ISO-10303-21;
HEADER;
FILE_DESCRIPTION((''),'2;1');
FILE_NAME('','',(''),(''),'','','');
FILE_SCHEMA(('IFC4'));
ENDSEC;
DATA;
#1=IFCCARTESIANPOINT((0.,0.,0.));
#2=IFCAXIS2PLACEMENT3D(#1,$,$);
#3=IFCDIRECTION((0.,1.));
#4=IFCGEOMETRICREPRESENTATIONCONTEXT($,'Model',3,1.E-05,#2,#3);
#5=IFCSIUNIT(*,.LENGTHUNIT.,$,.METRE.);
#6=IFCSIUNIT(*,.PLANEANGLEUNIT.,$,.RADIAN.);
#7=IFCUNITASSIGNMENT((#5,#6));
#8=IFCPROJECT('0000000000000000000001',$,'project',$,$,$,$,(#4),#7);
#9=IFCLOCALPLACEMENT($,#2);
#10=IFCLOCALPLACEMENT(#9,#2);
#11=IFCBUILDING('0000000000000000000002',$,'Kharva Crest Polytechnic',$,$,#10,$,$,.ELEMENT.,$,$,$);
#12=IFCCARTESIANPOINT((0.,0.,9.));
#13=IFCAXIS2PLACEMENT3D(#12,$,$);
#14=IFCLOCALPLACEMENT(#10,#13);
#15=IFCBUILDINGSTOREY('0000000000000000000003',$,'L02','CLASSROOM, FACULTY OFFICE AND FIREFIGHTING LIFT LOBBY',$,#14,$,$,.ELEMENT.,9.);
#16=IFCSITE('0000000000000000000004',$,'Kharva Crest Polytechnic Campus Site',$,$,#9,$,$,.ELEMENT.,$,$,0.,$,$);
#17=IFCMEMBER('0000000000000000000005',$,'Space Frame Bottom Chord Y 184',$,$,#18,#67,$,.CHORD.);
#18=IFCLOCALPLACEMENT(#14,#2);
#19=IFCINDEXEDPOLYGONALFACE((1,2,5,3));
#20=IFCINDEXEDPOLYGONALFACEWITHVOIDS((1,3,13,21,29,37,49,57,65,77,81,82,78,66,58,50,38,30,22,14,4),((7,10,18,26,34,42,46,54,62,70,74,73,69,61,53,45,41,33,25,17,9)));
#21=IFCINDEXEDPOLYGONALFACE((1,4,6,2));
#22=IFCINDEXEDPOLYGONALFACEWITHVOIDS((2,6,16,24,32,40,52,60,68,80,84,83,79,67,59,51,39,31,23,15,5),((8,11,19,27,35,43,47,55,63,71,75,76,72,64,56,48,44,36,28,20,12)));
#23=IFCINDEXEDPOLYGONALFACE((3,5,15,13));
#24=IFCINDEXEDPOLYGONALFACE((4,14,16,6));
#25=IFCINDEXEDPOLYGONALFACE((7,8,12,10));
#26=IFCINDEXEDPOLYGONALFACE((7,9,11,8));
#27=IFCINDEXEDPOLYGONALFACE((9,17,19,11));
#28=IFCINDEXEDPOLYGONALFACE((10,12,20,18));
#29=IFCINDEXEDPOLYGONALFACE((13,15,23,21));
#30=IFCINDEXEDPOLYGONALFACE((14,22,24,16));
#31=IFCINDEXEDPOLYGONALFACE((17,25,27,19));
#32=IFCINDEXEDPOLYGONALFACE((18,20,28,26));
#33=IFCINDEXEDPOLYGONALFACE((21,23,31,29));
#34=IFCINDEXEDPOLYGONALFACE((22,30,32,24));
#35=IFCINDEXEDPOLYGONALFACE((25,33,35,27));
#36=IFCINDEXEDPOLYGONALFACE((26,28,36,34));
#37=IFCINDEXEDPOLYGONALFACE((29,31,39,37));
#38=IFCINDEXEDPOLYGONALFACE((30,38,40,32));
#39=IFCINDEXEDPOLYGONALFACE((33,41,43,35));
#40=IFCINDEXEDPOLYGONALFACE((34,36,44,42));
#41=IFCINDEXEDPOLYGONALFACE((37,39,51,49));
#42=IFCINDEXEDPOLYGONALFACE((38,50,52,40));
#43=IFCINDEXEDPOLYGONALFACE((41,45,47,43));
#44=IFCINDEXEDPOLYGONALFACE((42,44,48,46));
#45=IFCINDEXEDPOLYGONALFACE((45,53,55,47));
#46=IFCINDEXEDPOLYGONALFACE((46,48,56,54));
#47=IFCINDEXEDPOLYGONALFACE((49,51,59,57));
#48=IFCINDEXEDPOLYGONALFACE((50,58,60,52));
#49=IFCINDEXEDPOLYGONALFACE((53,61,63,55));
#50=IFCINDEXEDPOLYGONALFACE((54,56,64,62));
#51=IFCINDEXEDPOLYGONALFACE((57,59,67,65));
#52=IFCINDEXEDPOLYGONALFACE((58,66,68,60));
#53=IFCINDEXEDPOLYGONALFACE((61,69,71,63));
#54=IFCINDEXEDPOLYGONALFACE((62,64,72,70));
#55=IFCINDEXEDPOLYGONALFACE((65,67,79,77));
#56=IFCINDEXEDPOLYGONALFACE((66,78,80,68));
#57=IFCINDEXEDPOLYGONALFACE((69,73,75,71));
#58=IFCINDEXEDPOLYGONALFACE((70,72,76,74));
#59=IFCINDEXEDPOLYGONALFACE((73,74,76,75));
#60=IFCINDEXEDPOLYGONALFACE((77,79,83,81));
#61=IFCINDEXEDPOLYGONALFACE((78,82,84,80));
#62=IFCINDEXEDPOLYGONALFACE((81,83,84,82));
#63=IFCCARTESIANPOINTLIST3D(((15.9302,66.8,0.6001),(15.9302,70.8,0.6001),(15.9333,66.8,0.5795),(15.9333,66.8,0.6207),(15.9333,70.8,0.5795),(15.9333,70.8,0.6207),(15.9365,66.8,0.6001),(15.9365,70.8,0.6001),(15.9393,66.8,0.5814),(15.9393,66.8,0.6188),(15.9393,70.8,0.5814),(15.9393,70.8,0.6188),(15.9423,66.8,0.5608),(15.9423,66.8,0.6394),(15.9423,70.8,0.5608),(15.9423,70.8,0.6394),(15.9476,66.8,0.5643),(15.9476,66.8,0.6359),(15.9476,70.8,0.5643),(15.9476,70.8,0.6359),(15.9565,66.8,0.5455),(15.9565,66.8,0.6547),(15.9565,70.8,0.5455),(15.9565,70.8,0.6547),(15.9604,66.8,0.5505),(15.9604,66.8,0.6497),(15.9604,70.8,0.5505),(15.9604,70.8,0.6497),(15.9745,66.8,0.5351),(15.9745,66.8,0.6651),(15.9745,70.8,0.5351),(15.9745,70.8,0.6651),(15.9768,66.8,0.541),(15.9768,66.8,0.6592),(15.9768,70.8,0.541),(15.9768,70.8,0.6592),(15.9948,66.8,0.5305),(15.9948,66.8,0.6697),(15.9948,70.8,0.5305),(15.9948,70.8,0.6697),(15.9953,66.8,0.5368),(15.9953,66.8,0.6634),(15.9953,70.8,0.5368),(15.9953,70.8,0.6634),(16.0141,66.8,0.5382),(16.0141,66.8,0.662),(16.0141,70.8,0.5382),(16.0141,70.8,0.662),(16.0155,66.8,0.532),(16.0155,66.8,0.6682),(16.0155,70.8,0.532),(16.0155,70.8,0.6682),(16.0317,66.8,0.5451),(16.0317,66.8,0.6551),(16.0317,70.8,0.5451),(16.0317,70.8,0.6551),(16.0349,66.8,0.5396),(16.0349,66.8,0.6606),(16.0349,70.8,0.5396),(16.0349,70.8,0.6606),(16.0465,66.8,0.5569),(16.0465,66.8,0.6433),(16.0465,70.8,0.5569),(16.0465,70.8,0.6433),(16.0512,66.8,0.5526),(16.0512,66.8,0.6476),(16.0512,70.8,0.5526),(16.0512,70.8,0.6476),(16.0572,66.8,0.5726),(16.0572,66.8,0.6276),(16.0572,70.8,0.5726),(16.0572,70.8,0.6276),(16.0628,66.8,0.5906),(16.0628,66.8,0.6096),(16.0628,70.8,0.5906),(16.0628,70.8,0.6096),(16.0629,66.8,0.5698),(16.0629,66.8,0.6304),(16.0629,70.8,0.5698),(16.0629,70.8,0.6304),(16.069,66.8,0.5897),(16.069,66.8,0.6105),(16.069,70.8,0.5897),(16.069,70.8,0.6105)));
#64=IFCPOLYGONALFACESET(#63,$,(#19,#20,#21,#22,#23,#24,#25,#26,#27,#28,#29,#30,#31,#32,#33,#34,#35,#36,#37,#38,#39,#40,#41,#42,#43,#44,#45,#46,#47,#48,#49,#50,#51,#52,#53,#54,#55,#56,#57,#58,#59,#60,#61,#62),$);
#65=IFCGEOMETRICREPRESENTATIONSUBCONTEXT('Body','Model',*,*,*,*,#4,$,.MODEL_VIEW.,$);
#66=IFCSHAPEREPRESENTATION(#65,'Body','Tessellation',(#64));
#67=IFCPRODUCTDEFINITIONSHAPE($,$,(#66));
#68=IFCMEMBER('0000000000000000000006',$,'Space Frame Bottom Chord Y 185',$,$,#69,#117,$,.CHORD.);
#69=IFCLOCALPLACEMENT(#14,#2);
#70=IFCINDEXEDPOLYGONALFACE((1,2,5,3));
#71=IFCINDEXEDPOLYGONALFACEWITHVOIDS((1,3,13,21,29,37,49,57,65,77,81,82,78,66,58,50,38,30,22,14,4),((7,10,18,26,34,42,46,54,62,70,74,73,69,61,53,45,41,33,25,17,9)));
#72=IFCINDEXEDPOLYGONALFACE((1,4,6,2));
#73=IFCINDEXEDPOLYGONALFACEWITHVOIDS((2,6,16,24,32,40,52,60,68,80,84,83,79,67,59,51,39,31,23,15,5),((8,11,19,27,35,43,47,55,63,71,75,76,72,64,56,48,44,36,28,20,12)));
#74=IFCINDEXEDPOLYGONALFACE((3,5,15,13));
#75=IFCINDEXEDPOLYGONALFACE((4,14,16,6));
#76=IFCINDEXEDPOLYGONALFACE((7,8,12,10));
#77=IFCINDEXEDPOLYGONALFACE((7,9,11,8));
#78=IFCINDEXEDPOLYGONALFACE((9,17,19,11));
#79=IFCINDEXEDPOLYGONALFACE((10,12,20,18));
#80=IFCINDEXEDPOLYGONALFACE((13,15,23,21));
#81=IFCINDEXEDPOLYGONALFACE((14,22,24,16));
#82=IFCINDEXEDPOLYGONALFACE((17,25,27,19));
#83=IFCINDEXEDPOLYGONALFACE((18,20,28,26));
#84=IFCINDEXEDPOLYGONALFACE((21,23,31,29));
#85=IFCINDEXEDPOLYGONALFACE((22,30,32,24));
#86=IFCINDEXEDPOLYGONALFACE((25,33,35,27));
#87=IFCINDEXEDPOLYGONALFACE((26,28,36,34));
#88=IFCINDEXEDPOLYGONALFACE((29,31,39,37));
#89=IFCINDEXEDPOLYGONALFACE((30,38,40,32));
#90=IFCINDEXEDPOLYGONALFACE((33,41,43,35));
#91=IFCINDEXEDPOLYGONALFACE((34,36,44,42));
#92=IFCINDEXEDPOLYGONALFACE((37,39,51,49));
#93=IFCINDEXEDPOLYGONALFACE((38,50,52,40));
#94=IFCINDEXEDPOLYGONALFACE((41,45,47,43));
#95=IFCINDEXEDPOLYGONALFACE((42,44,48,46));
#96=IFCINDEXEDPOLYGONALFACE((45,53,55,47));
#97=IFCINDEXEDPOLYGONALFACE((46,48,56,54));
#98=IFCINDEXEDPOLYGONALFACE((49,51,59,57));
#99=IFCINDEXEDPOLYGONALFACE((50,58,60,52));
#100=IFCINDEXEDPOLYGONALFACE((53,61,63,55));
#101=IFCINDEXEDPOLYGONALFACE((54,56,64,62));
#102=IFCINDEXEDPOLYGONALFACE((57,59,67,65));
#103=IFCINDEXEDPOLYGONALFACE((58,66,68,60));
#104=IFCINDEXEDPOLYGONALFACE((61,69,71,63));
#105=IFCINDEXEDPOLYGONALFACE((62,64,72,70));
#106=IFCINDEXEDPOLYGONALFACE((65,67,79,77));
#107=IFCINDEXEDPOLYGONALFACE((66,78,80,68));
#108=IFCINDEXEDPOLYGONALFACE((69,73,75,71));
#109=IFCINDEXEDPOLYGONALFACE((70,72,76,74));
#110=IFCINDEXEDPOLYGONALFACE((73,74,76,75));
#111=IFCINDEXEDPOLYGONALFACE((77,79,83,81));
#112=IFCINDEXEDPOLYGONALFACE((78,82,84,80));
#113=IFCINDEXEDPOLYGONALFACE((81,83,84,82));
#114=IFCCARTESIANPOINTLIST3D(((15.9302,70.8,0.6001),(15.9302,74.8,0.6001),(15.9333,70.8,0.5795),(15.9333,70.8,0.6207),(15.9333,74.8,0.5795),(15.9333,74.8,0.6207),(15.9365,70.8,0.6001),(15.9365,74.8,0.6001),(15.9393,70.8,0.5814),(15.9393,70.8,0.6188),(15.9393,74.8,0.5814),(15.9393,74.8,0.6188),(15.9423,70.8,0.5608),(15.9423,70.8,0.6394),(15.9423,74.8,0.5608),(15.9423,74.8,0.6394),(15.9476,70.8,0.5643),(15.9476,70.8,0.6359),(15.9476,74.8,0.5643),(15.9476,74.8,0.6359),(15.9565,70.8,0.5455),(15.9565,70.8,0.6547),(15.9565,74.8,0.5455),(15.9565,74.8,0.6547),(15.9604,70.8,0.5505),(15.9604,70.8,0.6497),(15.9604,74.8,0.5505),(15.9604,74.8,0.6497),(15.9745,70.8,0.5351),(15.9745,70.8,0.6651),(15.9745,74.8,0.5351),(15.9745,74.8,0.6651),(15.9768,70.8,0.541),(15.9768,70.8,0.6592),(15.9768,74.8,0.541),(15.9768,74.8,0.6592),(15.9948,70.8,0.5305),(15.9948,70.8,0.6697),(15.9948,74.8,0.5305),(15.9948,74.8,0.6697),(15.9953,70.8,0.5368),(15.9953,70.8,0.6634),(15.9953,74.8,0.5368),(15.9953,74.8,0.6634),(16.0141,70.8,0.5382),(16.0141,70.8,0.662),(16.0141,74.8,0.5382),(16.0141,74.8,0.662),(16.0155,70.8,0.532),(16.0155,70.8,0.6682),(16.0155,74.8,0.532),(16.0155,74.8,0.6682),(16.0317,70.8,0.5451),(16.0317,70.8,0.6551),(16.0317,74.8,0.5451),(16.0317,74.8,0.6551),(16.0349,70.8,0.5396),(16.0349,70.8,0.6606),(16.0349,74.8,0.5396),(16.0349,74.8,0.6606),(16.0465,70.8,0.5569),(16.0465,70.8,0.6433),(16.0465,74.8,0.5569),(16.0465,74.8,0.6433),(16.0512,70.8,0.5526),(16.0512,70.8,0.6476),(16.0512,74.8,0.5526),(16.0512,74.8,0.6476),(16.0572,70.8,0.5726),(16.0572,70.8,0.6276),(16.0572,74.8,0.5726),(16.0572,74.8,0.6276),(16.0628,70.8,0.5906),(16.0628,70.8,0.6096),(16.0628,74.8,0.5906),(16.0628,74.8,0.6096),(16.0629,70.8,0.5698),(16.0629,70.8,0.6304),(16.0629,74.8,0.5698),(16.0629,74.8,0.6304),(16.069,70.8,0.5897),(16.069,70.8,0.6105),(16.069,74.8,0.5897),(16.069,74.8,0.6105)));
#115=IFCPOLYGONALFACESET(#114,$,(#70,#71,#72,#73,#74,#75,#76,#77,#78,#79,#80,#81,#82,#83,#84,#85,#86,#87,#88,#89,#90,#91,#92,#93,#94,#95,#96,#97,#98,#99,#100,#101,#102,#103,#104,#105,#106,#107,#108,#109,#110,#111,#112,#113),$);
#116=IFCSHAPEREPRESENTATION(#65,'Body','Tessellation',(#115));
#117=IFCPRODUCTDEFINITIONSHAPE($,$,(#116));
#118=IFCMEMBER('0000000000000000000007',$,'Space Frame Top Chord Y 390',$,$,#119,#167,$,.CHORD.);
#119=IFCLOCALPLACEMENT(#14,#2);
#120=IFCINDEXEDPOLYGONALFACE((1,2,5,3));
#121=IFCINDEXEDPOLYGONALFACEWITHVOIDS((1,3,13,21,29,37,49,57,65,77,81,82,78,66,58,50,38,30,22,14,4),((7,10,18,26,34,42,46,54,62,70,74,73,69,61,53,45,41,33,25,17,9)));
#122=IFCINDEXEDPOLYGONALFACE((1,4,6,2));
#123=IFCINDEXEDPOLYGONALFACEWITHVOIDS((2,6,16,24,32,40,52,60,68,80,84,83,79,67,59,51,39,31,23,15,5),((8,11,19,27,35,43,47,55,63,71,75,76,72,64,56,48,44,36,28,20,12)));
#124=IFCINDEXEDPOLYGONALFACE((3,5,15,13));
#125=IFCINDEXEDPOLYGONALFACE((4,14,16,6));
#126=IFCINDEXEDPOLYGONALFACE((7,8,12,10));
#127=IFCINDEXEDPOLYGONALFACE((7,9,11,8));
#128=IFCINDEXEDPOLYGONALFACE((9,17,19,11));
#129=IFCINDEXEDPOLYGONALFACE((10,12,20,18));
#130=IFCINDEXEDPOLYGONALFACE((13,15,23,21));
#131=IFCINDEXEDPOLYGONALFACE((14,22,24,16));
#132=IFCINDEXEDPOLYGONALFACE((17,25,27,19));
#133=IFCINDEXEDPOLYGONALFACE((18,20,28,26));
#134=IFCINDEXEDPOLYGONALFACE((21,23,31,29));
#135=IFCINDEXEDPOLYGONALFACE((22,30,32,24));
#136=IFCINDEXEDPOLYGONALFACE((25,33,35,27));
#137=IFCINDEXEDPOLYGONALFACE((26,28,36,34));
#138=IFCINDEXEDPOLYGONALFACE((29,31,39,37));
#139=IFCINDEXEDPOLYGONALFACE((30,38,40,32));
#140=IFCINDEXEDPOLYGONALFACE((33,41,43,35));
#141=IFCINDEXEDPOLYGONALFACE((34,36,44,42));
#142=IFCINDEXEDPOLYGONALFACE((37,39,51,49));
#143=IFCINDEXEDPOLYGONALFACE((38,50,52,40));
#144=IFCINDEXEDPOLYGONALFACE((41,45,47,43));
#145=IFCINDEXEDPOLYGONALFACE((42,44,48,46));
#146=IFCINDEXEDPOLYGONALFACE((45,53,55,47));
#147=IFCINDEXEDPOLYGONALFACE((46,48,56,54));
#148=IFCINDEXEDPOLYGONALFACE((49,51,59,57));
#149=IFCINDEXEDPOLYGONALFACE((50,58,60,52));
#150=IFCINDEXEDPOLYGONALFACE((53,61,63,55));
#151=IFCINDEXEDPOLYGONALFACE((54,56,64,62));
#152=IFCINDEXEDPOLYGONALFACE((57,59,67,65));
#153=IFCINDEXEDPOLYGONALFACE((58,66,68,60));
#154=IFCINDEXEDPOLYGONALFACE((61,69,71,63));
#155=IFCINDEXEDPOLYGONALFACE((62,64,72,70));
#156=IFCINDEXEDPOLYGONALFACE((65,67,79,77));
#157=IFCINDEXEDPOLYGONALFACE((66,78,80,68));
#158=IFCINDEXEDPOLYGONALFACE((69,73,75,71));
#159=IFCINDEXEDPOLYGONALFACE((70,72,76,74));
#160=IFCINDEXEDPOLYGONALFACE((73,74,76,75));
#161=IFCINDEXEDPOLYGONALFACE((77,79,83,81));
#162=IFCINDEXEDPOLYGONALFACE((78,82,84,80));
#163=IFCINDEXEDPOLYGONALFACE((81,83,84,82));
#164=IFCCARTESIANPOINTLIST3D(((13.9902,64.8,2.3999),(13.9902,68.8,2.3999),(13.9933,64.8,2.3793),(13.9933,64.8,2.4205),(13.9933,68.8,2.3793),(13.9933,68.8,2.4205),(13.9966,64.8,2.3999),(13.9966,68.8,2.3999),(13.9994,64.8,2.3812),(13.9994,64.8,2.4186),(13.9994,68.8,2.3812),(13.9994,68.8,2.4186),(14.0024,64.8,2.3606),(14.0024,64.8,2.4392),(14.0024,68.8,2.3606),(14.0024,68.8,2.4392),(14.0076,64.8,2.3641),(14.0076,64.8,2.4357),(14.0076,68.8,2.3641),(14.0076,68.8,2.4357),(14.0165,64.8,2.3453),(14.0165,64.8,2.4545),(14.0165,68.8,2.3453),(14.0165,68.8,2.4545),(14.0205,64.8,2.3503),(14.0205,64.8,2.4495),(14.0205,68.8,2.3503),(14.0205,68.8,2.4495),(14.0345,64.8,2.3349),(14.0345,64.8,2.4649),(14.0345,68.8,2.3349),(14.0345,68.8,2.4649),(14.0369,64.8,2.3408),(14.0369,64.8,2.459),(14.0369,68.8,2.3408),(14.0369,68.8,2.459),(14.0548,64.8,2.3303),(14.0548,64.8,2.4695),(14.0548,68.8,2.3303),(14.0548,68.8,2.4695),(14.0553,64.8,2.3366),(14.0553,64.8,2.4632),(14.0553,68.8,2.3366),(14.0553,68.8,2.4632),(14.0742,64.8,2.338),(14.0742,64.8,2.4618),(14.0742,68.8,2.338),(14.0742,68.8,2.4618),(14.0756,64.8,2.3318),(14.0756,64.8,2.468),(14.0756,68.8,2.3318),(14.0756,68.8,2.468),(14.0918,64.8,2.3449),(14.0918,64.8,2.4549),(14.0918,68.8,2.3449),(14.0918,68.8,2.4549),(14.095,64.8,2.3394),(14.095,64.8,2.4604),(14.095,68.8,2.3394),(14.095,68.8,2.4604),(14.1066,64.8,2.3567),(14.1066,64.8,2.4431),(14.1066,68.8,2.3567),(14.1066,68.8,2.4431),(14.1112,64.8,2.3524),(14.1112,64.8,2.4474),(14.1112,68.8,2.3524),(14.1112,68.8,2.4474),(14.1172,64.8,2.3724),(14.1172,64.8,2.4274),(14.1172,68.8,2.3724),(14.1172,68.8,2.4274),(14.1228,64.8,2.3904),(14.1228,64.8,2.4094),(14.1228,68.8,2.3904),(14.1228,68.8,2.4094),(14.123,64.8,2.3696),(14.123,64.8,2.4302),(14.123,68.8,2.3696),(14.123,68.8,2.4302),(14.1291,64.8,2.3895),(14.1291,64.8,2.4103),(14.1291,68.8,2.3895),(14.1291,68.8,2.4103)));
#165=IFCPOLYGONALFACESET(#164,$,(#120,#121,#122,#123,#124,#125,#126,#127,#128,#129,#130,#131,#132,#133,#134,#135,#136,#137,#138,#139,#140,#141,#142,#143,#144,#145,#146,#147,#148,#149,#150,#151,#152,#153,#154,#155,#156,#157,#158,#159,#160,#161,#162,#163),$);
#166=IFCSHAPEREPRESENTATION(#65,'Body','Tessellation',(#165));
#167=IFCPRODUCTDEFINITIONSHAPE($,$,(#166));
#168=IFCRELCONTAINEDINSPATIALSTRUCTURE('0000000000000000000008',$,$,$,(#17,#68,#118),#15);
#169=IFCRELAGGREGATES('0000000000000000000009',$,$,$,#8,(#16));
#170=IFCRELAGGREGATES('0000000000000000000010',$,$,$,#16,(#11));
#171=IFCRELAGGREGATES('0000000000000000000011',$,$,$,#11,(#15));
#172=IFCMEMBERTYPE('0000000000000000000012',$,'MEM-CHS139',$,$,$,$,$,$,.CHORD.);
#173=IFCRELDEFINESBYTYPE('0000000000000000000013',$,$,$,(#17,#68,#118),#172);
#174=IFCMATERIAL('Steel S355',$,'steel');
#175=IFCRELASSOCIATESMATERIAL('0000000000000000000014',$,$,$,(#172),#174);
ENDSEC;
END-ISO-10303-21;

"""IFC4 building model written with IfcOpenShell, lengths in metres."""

from ifc_helpers import new_model, si_unit, direction, frame, origin, origin_2d, place, context, subcontext, project, spatial, hollow_circle, extrude, material, material_profile, profile_set, type_object, element, save


model = new_model("IFC4")

# Units and contexts
model_context = context("Model", 3, precision=1e-05, world=origin(), true_north=direction((0.0, 1.0)))
body_context = subcontext(model_context, "Body", "Model", "MODEL_VIEW")
ifc_project = project(units=[si_unit("LENGTHUNIT", "METRE"), si_unit("PLANEANGLEUNIT", "RADIAN")], contexts=[model_context])

# Site, building, storey
site_placement = place(None, origin())
site = spatial("IfcSite", under=ifc_project, at=site_placement, Name="Kharva Crest Polytechnic Campus Site", CompositionType="ELEMENT", RefElevation=0.0)
building_placement = place(site_placement, origin())
building = spatial("IfcBuilding", under=site, at=building_placement, Name="Kharva Crest Polytechnic", CompositionType="ELEMENT")
storey_placement = place(building_placement, frame((0.0, 0.0, 9.0)))
storey = spatial("IfcBuildingStorey", under=building, at=storey_placement, Name="L02", Description="CLASSROOM, FACULTY OFFICE AND FIREFIGHTING LIFT LOBBY", CompositionType="ELEMENT", Elevation=9.0)

# Shared definitions
ifc_material_1 = material(Name="Steel S355", Category="steel")

# Members
ifc_material_profile_1 = material_profile(ifc_material_1, hollow_circle(Radius=0.0698, WallThickness=0.0063, at=origin_2d()), Name="CHS 139.7X6.3")
ifc_profile_set_1 = profile_set([ifc_material_profile_1], Name="Steel S355")
member_type_1 = type_object("IfcMemberType", Name="MEM-CHS139", PredefinedType="CHORD", material=ifc_profile_set_1)
for number, where, z_axis, x_axis, name in (
    (1, (16.0, 66.8, 0.6001), (0.0, 1.0, 0.0), (-1.0, 0.0, 0.0), "Space Frame Bottom Chord Y 184"),
    (2, (16.0, 70.8, 0.6001), (0.0, 1.0, 0.0), (-1.0, 0.0, 0.0), "Space Frame Bottom Chord Y 185"),
    (3, (14.0601, 64.8, 2.3999), (0.0, 1.0, 0.0), (-1.0, 0.0, 0.0), "Space Frame Top Chord Y 390"),
):
    element("IfcMember", number, at=place(storey_placement, frame(where, z_axis=z_axis, x_axis=x_axis)), inside=storey, type_object=member_type_1, Name=name, PredefinedType="CHORD", context=body_context, shape_type="SweptSolid", body=[
        extrude(hollow_circle(Radius=0.0698, WallThickness=0.0063, at=origin_2d()), origin(), (0.0, 0.0, 1.0), 4.0),
    ])

save(model, "model.ifc")
